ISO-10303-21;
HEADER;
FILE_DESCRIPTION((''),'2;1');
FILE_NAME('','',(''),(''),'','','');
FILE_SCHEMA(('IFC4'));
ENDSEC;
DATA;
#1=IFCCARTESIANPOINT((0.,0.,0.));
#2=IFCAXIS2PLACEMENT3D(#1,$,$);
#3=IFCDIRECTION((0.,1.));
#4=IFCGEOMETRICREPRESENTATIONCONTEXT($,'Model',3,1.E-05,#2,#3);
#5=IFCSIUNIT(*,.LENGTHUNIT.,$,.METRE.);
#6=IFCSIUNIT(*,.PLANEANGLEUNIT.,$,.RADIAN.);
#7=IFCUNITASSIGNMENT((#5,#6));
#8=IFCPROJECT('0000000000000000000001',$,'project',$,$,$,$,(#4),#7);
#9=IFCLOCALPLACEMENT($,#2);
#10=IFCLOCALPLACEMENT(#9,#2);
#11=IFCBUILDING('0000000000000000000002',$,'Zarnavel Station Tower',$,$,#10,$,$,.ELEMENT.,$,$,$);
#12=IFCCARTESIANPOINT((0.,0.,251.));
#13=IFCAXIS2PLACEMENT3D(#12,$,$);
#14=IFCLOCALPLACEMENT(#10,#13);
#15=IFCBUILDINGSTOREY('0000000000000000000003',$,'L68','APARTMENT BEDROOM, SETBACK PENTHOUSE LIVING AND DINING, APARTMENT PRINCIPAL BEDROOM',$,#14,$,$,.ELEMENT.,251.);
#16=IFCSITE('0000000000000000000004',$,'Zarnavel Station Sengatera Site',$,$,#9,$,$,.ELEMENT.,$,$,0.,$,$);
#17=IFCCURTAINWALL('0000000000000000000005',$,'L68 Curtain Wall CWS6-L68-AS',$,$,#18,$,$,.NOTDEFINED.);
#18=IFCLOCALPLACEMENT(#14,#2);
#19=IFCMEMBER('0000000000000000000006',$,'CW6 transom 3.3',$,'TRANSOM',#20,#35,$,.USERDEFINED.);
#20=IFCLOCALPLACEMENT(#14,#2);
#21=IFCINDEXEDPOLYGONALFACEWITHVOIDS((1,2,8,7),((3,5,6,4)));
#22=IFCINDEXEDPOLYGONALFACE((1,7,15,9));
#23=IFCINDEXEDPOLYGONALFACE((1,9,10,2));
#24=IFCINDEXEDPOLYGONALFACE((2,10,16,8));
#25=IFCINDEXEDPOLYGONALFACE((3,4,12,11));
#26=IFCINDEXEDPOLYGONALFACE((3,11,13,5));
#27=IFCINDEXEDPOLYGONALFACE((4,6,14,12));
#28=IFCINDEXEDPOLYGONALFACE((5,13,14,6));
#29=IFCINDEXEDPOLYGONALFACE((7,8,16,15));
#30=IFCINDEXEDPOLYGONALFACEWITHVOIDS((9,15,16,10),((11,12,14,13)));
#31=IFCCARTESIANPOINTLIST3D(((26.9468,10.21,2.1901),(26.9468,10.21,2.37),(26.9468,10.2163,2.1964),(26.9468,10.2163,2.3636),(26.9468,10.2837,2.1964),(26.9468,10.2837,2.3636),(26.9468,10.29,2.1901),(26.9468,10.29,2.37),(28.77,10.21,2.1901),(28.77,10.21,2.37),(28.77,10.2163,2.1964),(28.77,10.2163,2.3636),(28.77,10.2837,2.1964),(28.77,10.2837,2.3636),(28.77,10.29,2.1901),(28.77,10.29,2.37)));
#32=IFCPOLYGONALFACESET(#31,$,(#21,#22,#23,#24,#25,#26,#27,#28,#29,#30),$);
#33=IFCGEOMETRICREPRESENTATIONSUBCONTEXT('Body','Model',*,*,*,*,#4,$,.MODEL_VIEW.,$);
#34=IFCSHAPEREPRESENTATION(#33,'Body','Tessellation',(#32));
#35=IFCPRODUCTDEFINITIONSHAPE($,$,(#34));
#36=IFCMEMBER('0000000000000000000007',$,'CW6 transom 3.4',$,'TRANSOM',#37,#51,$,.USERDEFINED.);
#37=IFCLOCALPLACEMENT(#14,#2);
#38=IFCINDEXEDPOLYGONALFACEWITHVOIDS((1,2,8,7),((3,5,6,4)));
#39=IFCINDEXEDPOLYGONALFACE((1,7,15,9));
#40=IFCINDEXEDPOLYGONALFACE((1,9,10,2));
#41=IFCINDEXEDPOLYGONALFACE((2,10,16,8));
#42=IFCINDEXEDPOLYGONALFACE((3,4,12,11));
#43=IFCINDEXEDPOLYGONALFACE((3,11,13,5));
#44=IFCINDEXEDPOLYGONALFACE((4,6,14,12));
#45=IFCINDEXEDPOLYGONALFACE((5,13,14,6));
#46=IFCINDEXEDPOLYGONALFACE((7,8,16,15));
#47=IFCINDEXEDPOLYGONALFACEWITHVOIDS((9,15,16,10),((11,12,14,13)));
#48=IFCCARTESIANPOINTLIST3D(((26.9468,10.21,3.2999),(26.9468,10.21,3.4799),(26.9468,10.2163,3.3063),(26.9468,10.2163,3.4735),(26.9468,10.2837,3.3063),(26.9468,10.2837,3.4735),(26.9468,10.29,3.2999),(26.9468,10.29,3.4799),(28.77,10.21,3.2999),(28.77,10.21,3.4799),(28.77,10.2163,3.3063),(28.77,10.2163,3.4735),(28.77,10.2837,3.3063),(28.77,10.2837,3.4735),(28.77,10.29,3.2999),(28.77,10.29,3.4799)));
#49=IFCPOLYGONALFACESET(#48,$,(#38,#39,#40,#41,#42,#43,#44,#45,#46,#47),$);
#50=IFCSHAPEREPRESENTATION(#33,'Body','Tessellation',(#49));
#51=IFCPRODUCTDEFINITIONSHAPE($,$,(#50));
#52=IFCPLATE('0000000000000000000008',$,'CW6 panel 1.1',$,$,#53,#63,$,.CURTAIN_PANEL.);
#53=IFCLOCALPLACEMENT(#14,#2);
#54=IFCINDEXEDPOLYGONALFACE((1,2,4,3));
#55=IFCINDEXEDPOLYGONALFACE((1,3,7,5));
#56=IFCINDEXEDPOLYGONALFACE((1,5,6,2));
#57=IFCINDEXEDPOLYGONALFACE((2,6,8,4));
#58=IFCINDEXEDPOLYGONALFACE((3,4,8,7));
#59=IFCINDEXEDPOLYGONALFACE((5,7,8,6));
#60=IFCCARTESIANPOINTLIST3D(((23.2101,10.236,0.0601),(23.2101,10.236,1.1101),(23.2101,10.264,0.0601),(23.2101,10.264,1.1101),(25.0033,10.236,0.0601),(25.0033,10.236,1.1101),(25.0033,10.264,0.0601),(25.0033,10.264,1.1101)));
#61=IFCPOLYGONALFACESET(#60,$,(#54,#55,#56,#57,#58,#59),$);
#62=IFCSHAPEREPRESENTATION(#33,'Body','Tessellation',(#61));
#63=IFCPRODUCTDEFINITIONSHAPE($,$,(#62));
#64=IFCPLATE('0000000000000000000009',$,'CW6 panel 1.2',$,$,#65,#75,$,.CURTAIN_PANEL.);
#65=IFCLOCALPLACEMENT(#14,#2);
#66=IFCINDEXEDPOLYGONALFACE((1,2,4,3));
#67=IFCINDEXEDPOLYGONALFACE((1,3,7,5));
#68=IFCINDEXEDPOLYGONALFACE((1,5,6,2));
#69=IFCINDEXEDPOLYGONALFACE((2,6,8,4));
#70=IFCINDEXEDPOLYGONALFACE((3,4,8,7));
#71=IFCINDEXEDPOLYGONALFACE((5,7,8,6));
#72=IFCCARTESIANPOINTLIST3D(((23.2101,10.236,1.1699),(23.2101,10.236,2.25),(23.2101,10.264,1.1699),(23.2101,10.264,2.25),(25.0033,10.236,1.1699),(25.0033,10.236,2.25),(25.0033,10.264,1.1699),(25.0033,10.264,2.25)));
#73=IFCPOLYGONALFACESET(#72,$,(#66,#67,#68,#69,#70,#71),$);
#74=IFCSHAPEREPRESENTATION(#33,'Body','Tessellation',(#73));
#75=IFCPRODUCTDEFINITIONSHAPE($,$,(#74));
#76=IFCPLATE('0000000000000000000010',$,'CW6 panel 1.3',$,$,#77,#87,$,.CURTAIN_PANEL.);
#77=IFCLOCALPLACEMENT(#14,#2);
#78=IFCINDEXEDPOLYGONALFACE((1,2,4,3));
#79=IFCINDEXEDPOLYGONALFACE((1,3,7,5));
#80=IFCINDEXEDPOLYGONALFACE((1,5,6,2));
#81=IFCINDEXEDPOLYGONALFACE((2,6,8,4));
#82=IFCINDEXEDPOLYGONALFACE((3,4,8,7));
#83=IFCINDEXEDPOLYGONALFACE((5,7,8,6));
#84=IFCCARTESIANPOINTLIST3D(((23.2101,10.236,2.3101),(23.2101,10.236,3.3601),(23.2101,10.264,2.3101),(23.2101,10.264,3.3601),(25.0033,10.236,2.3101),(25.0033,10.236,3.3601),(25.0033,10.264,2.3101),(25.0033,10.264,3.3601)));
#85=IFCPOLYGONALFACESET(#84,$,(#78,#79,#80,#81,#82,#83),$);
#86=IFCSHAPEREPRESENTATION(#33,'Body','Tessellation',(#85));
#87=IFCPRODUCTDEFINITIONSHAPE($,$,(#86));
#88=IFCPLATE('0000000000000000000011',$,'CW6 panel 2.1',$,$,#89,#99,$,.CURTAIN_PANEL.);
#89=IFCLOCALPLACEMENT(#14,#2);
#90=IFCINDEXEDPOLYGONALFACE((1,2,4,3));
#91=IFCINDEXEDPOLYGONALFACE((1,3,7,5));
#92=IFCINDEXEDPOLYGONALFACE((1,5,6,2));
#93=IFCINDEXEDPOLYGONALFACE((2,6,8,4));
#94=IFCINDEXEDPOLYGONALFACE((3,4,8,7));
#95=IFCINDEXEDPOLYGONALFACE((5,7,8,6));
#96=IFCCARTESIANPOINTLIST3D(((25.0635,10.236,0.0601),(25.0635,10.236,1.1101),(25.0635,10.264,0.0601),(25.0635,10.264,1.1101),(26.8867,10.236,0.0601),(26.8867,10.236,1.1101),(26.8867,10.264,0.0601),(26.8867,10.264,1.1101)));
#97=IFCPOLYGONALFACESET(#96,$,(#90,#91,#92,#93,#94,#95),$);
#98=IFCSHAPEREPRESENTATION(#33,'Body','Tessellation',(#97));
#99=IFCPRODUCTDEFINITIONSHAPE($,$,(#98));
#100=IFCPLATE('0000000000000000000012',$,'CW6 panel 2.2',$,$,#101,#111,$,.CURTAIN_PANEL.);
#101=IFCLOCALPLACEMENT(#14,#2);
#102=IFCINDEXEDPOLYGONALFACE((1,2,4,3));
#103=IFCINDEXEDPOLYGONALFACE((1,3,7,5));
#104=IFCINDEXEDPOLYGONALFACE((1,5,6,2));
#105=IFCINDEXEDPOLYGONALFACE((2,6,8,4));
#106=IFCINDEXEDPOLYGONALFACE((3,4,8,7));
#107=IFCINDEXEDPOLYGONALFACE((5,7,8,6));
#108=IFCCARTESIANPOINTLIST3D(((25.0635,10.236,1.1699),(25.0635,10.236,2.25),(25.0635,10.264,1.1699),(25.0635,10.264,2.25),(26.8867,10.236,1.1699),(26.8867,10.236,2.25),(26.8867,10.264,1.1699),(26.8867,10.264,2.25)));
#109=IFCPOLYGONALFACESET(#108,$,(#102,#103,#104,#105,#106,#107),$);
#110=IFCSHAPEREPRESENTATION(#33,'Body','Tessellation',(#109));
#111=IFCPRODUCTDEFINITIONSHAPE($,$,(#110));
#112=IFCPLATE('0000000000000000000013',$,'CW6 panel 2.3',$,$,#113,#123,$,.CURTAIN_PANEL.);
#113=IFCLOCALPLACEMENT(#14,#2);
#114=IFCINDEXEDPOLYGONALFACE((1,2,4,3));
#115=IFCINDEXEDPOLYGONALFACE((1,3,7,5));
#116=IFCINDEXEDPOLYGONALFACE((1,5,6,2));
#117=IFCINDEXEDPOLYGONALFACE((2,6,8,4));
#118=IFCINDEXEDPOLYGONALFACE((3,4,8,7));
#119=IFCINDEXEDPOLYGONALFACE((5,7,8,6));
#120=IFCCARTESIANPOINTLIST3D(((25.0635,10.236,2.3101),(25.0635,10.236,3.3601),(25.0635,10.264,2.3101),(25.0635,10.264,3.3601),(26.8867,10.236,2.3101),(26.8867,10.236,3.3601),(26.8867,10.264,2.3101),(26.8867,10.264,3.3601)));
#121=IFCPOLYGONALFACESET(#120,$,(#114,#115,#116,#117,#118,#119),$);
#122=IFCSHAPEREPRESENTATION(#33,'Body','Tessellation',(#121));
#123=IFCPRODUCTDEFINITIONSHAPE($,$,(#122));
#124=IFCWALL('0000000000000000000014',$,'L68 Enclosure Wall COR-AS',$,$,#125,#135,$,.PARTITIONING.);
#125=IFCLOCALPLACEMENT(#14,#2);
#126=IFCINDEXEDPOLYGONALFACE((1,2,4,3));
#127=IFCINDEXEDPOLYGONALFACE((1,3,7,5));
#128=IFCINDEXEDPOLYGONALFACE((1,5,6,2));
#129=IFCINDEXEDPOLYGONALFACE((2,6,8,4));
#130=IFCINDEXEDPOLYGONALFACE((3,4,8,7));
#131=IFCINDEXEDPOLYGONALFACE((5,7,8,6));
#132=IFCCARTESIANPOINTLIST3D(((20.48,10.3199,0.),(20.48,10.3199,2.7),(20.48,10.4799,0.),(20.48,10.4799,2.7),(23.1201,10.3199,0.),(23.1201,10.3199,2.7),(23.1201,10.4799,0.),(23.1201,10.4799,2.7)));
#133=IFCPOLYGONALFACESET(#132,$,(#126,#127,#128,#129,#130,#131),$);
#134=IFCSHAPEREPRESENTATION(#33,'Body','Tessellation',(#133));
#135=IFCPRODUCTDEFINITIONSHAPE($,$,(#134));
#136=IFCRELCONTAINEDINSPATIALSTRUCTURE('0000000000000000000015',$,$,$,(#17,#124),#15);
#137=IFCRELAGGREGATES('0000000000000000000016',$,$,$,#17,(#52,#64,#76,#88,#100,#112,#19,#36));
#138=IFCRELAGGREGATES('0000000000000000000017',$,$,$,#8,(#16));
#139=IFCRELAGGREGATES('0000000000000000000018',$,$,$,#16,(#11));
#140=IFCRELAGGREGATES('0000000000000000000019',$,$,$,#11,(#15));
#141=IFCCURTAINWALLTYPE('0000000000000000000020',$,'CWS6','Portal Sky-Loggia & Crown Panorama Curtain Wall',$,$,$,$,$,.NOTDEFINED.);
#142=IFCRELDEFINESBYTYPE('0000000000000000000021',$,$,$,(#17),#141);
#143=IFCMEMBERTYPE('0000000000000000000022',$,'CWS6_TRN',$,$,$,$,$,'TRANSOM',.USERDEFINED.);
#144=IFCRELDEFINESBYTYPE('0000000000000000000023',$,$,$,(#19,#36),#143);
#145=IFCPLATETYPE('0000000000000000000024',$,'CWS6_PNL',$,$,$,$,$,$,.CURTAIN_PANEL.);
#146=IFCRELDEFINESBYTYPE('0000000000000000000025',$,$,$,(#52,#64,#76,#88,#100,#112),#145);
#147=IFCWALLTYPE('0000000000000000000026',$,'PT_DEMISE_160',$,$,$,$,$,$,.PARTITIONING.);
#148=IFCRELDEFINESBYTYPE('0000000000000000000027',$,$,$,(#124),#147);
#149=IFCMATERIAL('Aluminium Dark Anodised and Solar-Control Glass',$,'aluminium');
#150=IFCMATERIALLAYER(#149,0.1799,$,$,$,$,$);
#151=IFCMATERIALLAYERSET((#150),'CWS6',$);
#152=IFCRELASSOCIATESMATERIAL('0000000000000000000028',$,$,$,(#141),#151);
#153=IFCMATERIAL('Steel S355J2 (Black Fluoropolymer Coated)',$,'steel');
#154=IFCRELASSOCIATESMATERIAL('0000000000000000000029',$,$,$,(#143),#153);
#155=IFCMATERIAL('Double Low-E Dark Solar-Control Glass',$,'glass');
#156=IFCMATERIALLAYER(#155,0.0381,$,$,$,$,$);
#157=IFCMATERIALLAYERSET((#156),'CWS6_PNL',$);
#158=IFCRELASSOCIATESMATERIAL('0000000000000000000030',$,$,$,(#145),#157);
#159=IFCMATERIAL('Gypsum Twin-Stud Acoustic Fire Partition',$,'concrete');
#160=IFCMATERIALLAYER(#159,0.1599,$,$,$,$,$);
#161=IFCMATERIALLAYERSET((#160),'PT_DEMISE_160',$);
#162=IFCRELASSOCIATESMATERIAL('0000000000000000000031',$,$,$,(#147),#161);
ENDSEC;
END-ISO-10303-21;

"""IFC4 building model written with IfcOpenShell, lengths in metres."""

from ifc_helpers import new_model, si_unit, direction, frame, frame_2d, origin, origin_2d, place, context, subcontext, project, spatial, rectangle, hollow_rectangle, extrude, material, layer, layer_set, material_profile, profile_set, type_object, element, aggregate, save


model = new_model("IFC4")

# Units and contexts
model_context = context("Model", 3, precision=1e-05, world=origin(), true_north=direction((0.0, 1.0)))
body_context = subcontext(model_context, "Body", "Model", "MODEL_VIEW")
ifc_project = project(units=[si_unit("LENGTHUNIT", "METRE"), si_unit("PLANEANGLEUNIT", "RADIAN")], contexts=[model_context])

# Site, building, storey
site_placement = place(None, origin())
site = spatial("IfcSite", under=ifc_project, at=site_placement, Name="Zarnavel Station Sengatera Site", CompositionType="ELEMENT", RefElevation=0.0)
building_placement = place(site_placement, origin())
building = spatial("IfcBuilding", under=site, at=building_placement, Name="Zarnavel Station Tower", CompositionType="ELEMENT")
storey_placement = place(building_placement, frame((0.0, 0.0, 251.0)))
storey = spatial("IfcBuildingStorey", under=building, at=storey_placement, Name="L68", Description="APARTMENT BEDROOM, SETBACK PENTHOUSE LIVING AND DINING, APARTMENT PRINCIPAL BEDROOM", CompositionType="ELEMENT", Elevation=251.0)

# Curtain wall, members, plates
ifc_material_1 = material(Name="Aluminium Dark Anodised and Solar-Control Glass", Category="aluminium")
ifc_layer_1 = layer(ifc_material_1, 0.1799)
ifc_layer_set_1 = layer_set([ifc_layer_1], Name="CWS6")
curtain_wall_type = type_object("IfcCurtainWallType", Name="CWS6", Description="Portal Sky-Loggia & Crown Panorama Curtain Wall", PredefinedType="NOTDEFINED", material=ifc_layer_set_1)
curtain_wall_placement = place(storey_placement, origin())
curtain_wall = element("IfcCurtainWall", 1, at=curtain_wall_placement, inside=storey, type_object=curtain_wall_type, Name="L68 Curtain Wall CWS6-L68-AS", PredefinedType="NOTDEFINED")
ifc_material_2 = material(Name="Steel S355J2 (Black Fluoropolymer Coated)", Category="steel")
ifc_material_profile_1 = material_profile(ifc_material_2, hollow_rectangle(XDim=0.0801, YDim=0.1799, WallThickness=0.0063, at=origin_2d()), Name="RHS180x80x6.3")
ifc_profile_set_1 = profile_set([ifc_material_profile_1], Name="Steel S355J2 (Black Fluoropolymer Coated)")
member_type_1 = type_object("IfcMemberType", Name="CWS6_TRN", ElementType="TRANSOM", PredefinedType="USERDEFINED", material=ifc_profile_set_1)
member_1_placement = place(storey_placement, frame((26.9468, 10.25, 2.28), z_axis=(1.0, 0.0, 0.0), x_axis=(0.0, 1.0, 0.0)))
member_1 = element("IfcMember", 2, at=member_1_placement, type_object=member_type_1, Name="CW6 transom 3.3", ObjectType="TRANSOM", PredefinedType="USERDEFINED", context=body_context, shape_type="SweptSolid", body=[
    extrude(hollow_rectangle(XDim=0.0801, YDim=0.1799, WallThickness=0.0063, at=origin_2d()), origin(), (0.0, 0.0, 1.0), 1.8232),
])
member_2_placement = place(storey_placement, frame((26.9468, 10.25, 3.3899), z_axis=(1.0, 0.0, 0.0), x_axis=(0.0, 1.0, 0.0)))
member_2 = element("IfcMember", 3, at=member_2_placement, type_object=member_type_1, Name="CW6 transom 3.4", ObjectType="TRANSOM", PredefinedType="USERDEFINED", context=body_context, shape_type="SweptSolid", body=[
    extrude(hollow_rectangle(XDim=0.0801, YDim=0.1799, WallThickness=0.0063, at=origin_2d()), origin(), (0.0, 0.0, 1.0), 1.8232),
])
ifc_material_3 = material(Name="Double Low-E Dark Solar-Control Glass", Category="glass")
ifc_layer_2 = layer(ifc_material_3, 0.0381)
ifc_layer_set_2 = layer_set([ifc_layer_2], Name="CWS6_PNL")
plate_type = type_object("IfcPlateType", Name="CWS6_PNL", PredefinedType="CURTAIN_PANEL", material=ifc_layer_set_2)
plate_1_placement = place(storey_placement, frame((24.1067, 10.25, 0.0601), z_axis=(0.0, 0.0, 1.0), x_axis=(1.0, 0.0, 0.0)))
plate_1 = element("IfcPlate", 4, at=plate_1_placement, type_object=plate_type, Name="CW6 panel 1.1", PredefinedType="CURTAIN_PANEL", context=body_context, shape_type="SweptSolid", body=[
    extrude(rectangle(XDim=1.7932, YDim=0.0281, at=origin_2d()), origin(), (0.0, 0.0, 1.0), 1.05),
])
plate_2_placement = place(storey_placement, frame((24.1067, 10.25, 1.1699), z_axis=(0.0, 0.0, 1.0), x_axis=(1.0, 0.0, 0.0)))
plate_2 = element("IfcPlate", 5, at=plate_2_placement, type_object=plate_type, Name="CW6 panel 1.2", PredefinedType="CURTAIN_PANEL", context=body_context, shape_type="SweptSolid", body=[
    extrude(rectangle(XDim=1.7932, YDim=0.0281, at=origin_2d()), origin(), (0.0, 0.0, 1.0), 1.0801),
])
plate_3_placement = place(storey_placement, frame((24.1067, 10.25, 2.3101), z_axis=(0.0, 0.0, 1.0), x_axis=(1.0, 0.0, 0.0)))
plate_3 = element("IfcPlate", 6, at=plate_3_placement, type_object=plate_type, Name="CW6 panel 1.3", PredefinedType="CURTAIN_PANEL", context=body_context, shape_type="SweptSolid", body=[
    extrude(rectangle(XDim=1.7932, YDim=0.0281, at=origin_2d()), origin(), (0.0, 0.0, 1.0), 1.05),
])
plate_4_placement = place(storey_placement, frame((25.9751, 10.25, 0.0601), z_axis=(0.0, 0.0, 1.0), x_axis=(1.0, 0.0, 0.0)))
plate_4 = element("IfcPlate", 7, at=plate_4_placement, type_object=plate_type, Name="CW6 panel 2.1", PredefinedType="CURTAIN_PANEL", context=body_context, shape_type="SweptSolid", body=[
    extrude(rectangle(XDim=1.8232, YDim=0.0281, at=origin_2d()), origin(), (0.0, 0.0, 1.0), 1.05),
])
plate_5_placement = place(storey_placement, frame((25.9751, 10.25, 1.1699), z_axis=(0.0, 0.0, 1.0), x_axis=(1.0, 0.0, 0.0)))
plate_5 = element("IfcPlate", 8, at=plate_5_placement, type_object=plate_type, Name="CW6 panel 2.2", PredefinedType="CURTAIN_PANEL", context=body_context, shape_type="SweptSolid", body=[
    extrude(rectangle(XDim=1.8232, YDim=0.0281, at=origin_2d()), origin(), (0.0, 0.0, 1.0), 1.0801),
])
plate_6_placement = place(storey_placement, frame((25.9751, 10.25, 2.3101), z_axis=(0.0, 0.0, 1.0), x_axis=(1.0, 0.0, 0.0)))
plate_6 = element("IfcPlate", 9, at=plate_6_placement, type_object=plate_type, Name="CW6 panel 2.3", PredefinedType="CURTAIN_PANEL", context=body_context, shape_type="SweptSolid", body=[
    extrude(rectangle(XDim=1.8232, YDim=0.0281, at=origin_2d()), origin(), (0.0, 0.0, 1.0), 1.05),
])
aggregate(curtain_wall, [plate_1, plate_2, plate_3, plate_4, plate_5, plate_6, member_1, member_2])

# Wall
ifc_material_4 = material(Name="Gypsum Twin-Stud Acoustic Fire Partition", Category="concrete")
ifc_layer_3 = layer(ifc_material_4, 0.1599)
ifc_layer_set_3 = layer_set([ifc_layer_3], Name="PT_DEMISE_160")
wall_type = type_object("IfcWallType", Name="PT_DEMISE_160", PredefinedType="PARTITIONING", material=ifc_layer_set_3)
wall_placement = place(storey_placement, frame((20.48, 10.3999, 0.0), z_axis=(0.0, 0.0, 1.0), x_axis=(1.0, 0.0, 0.0)))
element("IfcWall", 10, at=wall_placement, inside=storey, type_object=wall_type, Name="L68 Enclosure Wall COR-AS", PredefinedType="PARTITIONING", context=body_context, shape_type="SweptSolid", body=[
    extrude(rectangle(XDim=2.6401, YDim=0.1599, at=frame_2d((1.3201, 0.0))), origin(), (0.0, 0.0, 1.0), 2.7),
])

save(model, "model.ifc")
